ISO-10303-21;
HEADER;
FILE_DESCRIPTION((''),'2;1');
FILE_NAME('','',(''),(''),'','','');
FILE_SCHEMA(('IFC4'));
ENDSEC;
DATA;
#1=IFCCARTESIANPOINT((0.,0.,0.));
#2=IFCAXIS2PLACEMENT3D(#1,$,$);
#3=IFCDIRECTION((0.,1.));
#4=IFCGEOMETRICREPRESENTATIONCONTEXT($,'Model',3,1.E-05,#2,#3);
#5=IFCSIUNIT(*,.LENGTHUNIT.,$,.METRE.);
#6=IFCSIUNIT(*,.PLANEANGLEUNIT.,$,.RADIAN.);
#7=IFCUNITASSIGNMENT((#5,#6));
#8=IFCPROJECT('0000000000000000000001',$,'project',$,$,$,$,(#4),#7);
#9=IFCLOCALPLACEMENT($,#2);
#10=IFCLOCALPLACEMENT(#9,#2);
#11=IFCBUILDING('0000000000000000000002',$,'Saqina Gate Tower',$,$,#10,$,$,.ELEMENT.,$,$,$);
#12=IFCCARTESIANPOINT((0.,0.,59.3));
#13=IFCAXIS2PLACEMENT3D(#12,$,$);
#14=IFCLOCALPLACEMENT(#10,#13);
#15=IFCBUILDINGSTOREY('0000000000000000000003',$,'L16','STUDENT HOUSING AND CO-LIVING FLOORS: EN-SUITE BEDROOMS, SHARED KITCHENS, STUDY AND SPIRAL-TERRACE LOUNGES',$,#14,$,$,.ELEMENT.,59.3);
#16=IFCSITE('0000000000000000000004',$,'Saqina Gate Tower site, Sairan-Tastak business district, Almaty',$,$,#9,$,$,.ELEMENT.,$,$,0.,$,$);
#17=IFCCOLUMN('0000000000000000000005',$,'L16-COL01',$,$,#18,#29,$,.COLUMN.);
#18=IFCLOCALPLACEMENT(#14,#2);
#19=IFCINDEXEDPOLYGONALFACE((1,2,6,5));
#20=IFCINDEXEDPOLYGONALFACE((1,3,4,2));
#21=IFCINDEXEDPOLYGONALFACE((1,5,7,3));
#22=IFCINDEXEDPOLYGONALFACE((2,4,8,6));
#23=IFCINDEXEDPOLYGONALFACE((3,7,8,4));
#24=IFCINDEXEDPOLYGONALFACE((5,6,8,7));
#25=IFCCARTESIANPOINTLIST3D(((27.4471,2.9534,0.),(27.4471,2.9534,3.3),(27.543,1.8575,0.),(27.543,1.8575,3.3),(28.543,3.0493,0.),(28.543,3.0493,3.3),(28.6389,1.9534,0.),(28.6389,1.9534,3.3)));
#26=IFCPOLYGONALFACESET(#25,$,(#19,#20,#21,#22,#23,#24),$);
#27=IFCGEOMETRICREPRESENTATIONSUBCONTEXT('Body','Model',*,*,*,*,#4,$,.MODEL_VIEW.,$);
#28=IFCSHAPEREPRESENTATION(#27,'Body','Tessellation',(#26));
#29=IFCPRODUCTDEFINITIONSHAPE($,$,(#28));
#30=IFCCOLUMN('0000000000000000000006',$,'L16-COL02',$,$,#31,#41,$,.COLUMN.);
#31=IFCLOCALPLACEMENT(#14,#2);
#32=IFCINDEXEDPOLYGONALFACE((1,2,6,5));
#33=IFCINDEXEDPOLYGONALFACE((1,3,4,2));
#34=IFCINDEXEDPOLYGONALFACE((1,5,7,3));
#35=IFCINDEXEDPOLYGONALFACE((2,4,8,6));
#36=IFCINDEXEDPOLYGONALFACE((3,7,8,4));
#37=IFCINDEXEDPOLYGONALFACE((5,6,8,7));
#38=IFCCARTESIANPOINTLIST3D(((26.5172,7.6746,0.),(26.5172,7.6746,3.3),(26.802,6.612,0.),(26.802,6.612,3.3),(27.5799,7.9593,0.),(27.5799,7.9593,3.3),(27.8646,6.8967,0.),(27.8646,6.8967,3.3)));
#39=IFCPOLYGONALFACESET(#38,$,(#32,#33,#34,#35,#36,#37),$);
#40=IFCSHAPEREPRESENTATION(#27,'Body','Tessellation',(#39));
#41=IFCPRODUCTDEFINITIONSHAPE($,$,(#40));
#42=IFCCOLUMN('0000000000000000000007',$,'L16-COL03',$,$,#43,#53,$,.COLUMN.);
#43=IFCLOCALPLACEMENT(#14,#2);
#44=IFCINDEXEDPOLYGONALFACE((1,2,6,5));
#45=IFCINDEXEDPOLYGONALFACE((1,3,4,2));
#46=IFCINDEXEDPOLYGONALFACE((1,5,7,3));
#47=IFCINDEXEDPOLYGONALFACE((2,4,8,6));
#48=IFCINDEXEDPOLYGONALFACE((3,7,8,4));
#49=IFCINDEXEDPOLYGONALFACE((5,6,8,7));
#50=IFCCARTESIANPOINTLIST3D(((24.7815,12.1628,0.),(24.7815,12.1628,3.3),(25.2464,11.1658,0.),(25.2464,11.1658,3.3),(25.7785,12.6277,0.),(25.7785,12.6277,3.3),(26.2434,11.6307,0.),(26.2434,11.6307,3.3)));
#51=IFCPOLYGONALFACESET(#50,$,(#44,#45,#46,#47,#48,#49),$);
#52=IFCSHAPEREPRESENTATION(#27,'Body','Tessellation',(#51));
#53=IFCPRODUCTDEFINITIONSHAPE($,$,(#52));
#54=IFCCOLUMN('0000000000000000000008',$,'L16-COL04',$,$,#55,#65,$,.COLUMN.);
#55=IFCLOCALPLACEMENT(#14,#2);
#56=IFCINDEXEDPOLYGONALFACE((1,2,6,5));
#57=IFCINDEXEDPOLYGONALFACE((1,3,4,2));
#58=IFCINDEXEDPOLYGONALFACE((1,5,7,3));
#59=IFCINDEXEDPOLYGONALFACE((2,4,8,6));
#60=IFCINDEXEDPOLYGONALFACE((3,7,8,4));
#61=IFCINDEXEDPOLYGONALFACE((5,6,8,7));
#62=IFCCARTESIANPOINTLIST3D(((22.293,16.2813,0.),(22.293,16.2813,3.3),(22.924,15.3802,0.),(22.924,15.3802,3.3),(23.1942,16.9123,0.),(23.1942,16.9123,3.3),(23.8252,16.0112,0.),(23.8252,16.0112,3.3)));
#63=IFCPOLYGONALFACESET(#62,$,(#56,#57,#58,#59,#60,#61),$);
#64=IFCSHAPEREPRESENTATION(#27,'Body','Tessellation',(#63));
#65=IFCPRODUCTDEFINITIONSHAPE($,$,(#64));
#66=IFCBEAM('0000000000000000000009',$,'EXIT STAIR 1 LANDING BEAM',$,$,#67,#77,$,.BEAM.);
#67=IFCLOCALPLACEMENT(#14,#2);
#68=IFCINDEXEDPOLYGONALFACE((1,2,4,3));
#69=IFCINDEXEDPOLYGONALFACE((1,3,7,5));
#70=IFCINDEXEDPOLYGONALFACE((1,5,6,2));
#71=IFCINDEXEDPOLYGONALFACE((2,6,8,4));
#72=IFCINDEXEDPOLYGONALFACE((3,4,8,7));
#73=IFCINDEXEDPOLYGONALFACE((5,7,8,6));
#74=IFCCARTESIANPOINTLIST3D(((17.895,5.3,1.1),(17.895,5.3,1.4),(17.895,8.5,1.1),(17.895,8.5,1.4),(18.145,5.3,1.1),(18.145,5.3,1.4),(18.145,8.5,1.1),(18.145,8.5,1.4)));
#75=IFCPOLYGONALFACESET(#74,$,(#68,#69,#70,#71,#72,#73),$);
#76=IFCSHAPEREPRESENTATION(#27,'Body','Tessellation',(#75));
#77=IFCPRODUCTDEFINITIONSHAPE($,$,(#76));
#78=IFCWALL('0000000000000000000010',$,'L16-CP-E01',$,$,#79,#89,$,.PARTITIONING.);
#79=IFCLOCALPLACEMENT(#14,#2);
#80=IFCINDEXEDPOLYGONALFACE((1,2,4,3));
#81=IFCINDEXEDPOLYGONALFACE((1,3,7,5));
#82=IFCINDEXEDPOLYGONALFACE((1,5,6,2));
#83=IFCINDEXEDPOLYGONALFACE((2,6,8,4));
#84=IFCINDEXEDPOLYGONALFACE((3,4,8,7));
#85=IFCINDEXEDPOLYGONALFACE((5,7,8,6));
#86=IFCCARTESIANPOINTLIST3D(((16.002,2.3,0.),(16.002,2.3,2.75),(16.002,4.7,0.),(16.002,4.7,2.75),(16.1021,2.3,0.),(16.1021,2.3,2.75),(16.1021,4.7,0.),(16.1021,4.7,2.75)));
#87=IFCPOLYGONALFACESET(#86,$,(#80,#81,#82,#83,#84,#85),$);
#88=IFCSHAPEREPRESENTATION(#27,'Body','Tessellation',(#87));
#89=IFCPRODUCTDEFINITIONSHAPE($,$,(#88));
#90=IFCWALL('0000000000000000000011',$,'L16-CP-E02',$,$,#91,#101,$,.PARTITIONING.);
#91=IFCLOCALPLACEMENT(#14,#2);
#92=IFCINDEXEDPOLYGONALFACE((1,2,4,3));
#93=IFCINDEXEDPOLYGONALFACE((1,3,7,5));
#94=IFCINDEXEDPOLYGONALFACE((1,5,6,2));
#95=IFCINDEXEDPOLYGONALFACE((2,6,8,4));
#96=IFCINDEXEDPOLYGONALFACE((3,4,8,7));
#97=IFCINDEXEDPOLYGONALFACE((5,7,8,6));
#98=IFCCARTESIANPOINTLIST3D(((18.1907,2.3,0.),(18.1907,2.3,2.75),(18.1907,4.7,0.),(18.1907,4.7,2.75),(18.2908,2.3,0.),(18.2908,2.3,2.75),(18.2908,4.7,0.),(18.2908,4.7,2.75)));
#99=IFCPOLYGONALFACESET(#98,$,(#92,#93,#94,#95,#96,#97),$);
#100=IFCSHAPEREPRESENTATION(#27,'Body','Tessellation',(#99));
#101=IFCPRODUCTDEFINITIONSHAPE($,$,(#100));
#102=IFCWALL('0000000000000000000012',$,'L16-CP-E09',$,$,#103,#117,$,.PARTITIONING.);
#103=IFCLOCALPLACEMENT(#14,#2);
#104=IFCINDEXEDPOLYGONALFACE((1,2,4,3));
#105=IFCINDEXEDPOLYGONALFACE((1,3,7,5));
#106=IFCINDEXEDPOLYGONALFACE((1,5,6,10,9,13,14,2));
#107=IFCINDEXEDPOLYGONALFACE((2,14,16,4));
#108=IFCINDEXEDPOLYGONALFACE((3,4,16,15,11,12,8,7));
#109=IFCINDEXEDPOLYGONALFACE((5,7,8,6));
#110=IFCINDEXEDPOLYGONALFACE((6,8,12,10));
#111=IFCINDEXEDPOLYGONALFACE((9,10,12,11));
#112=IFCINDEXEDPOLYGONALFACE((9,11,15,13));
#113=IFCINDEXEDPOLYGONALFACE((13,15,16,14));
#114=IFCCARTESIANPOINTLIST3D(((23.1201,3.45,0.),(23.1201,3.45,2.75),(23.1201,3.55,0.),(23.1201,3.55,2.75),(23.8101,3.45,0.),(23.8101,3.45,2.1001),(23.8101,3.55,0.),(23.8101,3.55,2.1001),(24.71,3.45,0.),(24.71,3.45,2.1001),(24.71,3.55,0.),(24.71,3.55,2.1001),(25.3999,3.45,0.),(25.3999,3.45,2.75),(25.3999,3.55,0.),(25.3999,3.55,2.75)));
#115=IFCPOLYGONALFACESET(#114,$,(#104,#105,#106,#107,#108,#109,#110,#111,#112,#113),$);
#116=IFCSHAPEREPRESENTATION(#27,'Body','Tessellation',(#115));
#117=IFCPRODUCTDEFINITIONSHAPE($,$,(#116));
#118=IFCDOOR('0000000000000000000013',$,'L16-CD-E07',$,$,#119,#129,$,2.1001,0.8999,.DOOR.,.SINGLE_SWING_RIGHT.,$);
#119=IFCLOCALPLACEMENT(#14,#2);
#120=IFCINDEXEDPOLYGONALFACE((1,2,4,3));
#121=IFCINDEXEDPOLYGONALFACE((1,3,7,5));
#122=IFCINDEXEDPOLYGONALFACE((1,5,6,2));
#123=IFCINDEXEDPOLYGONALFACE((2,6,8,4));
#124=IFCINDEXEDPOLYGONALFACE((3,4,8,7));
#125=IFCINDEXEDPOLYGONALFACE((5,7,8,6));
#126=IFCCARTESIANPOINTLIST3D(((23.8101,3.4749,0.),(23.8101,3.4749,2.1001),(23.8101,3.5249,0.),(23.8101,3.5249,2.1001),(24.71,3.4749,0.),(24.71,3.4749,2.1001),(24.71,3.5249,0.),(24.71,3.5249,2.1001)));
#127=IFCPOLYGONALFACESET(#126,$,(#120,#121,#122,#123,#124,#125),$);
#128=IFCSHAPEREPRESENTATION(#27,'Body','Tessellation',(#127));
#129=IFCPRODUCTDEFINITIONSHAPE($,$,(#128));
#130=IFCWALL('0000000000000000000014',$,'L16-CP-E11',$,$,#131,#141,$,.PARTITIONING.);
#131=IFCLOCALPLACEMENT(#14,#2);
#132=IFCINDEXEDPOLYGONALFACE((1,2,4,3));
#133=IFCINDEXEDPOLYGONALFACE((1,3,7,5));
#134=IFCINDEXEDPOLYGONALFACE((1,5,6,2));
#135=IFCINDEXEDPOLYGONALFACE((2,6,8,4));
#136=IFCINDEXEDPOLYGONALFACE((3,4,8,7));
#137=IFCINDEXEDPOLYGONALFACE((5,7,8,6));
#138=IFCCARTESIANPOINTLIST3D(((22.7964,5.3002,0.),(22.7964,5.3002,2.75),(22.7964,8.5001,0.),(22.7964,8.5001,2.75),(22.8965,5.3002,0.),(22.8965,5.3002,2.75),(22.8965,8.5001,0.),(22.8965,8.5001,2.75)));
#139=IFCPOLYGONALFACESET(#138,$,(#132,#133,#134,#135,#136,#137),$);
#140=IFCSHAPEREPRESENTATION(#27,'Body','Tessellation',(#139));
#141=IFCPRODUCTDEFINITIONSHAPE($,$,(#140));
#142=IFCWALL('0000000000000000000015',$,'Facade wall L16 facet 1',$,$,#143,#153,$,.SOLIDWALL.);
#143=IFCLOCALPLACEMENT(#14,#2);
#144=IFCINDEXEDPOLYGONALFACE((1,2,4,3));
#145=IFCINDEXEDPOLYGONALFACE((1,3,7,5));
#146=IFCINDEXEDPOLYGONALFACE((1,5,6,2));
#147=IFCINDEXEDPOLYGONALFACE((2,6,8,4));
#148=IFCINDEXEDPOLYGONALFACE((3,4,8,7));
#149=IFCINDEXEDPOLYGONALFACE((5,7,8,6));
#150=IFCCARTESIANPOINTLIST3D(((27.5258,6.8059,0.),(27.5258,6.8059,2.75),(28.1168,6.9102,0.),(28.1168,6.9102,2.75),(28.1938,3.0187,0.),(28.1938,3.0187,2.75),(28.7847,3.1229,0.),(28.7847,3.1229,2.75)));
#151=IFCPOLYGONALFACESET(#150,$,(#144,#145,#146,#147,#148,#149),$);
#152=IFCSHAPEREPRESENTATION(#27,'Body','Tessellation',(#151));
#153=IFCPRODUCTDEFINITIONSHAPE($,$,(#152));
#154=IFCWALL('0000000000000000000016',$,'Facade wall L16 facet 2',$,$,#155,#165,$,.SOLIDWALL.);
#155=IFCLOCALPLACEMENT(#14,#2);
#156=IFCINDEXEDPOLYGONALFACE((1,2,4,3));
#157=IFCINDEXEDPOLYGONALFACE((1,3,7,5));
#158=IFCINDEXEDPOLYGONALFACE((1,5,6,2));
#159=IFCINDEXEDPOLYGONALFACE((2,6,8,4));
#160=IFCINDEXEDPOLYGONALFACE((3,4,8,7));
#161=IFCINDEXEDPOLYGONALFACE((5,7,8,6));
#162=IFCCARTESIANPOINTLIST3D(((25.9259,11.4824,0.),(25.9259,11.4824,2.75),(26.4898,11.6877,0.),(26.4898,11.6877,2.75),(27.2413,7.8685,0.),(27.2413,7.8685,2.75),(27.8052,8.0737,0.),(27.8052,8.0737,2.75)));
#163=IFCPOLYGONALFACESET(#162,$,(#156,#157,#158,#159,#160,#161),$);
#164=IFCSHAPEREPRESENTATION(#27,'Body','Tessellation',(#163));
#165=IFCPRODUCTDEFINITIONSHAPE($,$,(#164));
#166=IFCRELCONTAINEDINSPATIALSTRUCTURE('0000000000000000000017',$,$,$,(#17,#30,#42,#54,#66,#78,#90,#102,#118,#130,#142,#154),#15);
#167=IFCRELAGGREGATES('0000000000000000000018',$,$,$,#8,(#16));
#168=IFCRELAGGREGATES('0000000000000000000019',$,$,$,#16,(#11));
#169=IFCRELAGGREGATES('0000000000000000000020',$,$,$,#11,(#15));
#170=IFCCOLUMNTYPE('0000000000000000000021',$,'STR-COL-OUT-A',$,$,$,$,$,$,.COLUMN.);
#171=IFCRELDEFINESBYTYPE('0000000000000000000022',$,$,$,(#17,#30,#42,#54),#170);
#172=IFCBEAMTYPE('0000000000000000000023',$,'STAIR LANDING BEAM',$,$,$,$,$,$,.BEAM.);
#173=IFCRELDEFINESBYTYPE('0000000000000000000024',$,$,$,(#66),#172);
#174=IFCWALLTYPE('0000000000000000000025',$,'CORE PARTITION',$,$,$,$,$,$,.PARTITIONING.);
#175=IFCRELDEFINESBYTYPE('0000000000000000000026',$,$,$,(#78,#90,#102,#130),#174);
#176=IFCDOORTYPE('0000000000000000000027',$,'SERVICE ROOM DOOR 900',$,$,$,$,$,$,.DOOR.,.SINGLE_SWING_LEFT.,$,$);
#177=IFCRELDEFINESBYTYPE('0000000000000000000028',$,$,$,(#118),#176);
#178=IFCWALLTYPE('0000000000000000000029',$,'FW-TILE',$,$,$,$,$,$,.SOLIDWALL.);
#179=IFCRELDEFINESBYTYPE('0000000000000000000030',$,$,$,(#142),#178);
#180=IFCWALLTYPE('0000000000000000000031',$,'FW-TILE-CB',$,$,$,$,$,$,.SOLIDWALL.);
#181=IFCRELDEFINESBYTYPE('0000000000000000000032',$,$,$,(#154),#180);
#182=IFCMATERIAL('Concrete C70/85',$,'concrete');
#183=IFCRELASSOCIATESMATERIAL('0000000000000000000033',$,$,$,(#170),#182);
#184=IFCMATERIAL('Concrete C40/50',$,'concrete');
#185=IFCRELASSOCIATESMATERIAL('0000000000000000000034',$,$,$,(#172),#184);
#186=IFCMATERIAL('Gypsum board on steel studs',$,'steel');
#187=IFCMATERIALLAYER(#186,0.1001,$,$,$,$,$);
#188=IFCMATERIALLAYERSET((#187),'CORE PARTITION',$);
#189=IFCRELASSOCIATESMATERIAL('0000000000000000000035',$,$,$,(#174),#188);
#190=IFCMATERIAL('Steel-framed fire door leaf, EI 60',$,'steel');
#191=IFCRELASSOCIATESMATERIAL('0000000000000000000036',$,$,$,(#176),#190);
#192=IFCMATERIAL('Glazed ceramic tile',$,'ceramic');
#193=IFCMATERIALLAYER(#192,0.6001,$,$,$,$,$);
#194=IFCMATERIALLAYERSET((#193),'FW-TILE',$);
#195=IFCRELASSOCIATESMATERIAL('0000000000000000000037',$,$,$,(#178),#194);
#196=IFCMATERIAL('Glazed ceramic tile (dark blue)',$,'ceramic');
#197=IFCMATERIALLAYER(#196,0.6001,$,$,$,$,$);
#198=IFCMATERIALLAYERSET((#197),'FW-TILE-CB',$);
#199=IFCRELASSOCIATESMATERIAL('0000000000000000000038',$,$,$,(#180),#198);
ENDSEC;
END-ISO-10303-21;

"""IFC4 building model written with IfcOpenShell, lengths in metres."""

from ifc_helpers import new_model, si_unit, direction, frame, frame_2d, origin, origin_2d, place, context, subcontext, project, spatial, rectangle, extrude, material, layer, layer_set, material_profile, profile_set, type_object, element, fill, save


model = new_model("IFC4")

# Units and contexts
model_context = context("Model", 3, precision=1e-05, world=origin(), true_north=direction((0.0, 1.0)))
body_context = subcontext(model_context, "Body", "Model", "MODEL_VIEW")
ifc_project = project(units=[si_unit("LENGTHUNIT", "METRE"), si_unit("PLANEANGLEUNIT", "RADIAN")], contexts=[model_context])

# Site, building, storey
site_placement = place(None, origin())
site = spatial("IfcSite", under=ifc_project, at=site_placement, Name="Saqina Gate Tower site, Sairan-Tastak business district, Almaty", CompositionType="ELEMENT", RefElevation=0.0)
building_placement = place(site_placement, origin())
building = spatial("IfcBuilding", under=site, at=building_placement, Name="Saqina Gate Tower", CompositionType="ELEMENT")
storey_placement = place(building_placement, frame((0.0, 0.0, 59.3)))
storey = spatial("IfcBuildingStorey", under=building, at=storey_placement, Name="L16", Description="STUDENT HOUSING AND CO-LIVING FLOORS: EN-SUITE BEDROOMS, SHARED KITCHENS, STUDY AND SPIRAL-TERRACE LOUNGES", CompositionType="ELEMENT", Elevation=59.3)

# Columns
ifc_material_1 = material(Name="Concrete C70/85", Category="concrete")
ifc_material_profile_1 = material_profile(ifc_material_1, rectangle(XDim=1.1001, YDim=1.1001, at=origin_2d()), Name="RC 1100x1100")
ifc_profile_set_1 = profile_set([ifc_material_profile_1], Name="Concrete C70/85")
column_type = type_object("IfcColumnType", Name="STR-COL-OUT-A", PredefinedType="COLUMN", material=ifc_profile_set_1)
for number, where, z_axis, x_axis, name in (
    (1, (28.043, 2.4534, 0.0), (0.0, 0.0, 1.0), (0.996195, 0.087156, 0.0), "L16-COL01"),
    (2, (27.1909, 7.2856, 0.0), (0.0, 0.0, 1.0), (0.965926, 0.258819, 0.0), "L16-COL02"),
    (3, (25.5125, 11.8967, 0.0), (0.0, 0.0, 1.0), (0.906308, 0.422618, 0.0), "L16-COL03"),
    (4, (23.0591, 16.1462, 0.0), (0.0, 0.0, 1.0), (0.819152, 0.573576, 0.0), "L16-COL04"),
):
    element("IfcColumn", number, at=place(storey_placement, frame(where, z_axis=z_axis, x_axis=x_axis)), inside=storey, type_object=column_type, Name=name, PredefinedType="COLUMN", context=body_context, shape_type="SweptSolid", body=[
        extrude(rectangle(XDim=1.1001, YDim=1.1001, at=origin_2d()), origin(), (0.0, 0.0, 1.0), 3.3),
    ])

# Beam
ifc_material_2 = material(Name="Concrete C40/50", Category="concrete")
ifc_material_profile_2 = material_profile(ifc_material_2, rectangle(XDim=0.25, YDim=0.3, at=origin_2d()), Name="STAIR LANDING BEAM")
ifc_profile_set_2 = profile_set([ifc_material_profile_2], Name="Concrete C40/50")
beam_type = type_object("IfcBeamType", Name="STAIR LANDING BEAM", PredefinedType="BEAM", material=ifc_profile_set_2)
beam_placement = place(storey_placement, frame((18.02, 5.3, 1.25), z_axis=(0.0, 1.0, 0.0), x_axis=(-1.0, 0.0, 0.0)))
element("IfcBeam", 5, at=beam_placement, inside=storey, type_object=beam_type, Name="EXIT STAIR 1 LANDING BEAM", PredefinedType="BEAM", context=body_context, shape_type="SweptSolid", body=[
    extrude(rectangle(XDim=0.25, YDim=0.3, at=origin_2d()), origin(), (0.0, 0.0, 1.0), 3.2),
])

# Walls
ifc_material_3 = material(Name="Gypsum board on steel studs", Category="steel")
ifc_layer_1 = layer(ifc_material_3, 0.1001)
ifc_layer_set_1 = layer_set([ifc_layer_1], Name="CORE PARTITION")
wall_type_1 = type_object("IfcWallType", Name="CORE PARTITION", PredefinedType="PARTITIONING", material=ifc_layer_set_1)
for number, where, z_axis, x_axis, name in (
    (6, (16.052, 2.3, 0.0), (0.0, 0.0, 1.0), (0.0, 1.0, 0.0), "L16-CP-E01"),
    (7, (18.2407, 2.3, 0.0), (0.0, 0.0, 1.0), (0.0, 1.0, 0.0), "L16-CP-E02"),
):
    element("IfcWall", number, at=place(storey_placement, frame(where, z_axis=z_axis, x_axis=x_axis)), inside=storey, type_object=wall_type_1, Name=name, PredefinedType="PARTITIONING", context=body_context, shape_type="SweptSolid", body=[
        extrude(rectangle(XDim=2.3999, YDim=0.1001, at=frame_2d((1.2, 0.0))), origin(), (0.0, 0.0, 1.0), 2.75),
    ])

# Wall, opening, door
wall_1_placement = place(storey_placement, frame((23.1201, 3.5, 0.0), z_axis=(0.0, 0.0, 1.0), x_axis=(1.0, 0.0, 0.0)))
wall_1 = element("IfcWall", 8, at=wall_1_placement, inside=storey, type_object=wall_type_1, Name="L16-CP-E09", PredefinedType="PARTITIONING", context=body_context, shape_type="SweptSolid", body=[
    extrude(rectangle(XDim=2.2798, YDim=0.1001, at=frame_2d((1.1399, 0.0))), origin(), (0.0, 0.0, 1.0), 2.75),
])
opening_1_placement = place(wall_1_placement, frame((0.6899, 0.0, 0.0)))
opening_1 = element("IfcOpeningElement", 9, at=opening_1_placement, cuts=wall_1, PredefinedType="OPENING", context=body_context, shape_type="SweptSolid", body=[
    extrude(rectangle(XDim=0.8999, YDim=2.1001, at=frame_2d((0.45, 1.05))), frame((0.0, 0.062, 0.0), z_axis=(0.0, -1.0, 0.0), x_axis=(1.0, 0.0, 0.0)), (0.0, 0.0, 1.0), 0.124),
])
ifc_material_4 = material(Name="Steel-framed fire door leaf, EI 60", Category="steel")
door_type_1 = type_object("IfcDoorType", Name="SERVICE ROOM DOOR 900", OperationType="SINGLE_SWING_LEFT", PredefinedType="DOOR", material=ifc_material_4)
door_1_placement = place(opening_1_placement, origin())
door_1 = element("IfcDoor", 10, at=door_1_placement, inside=storey, type_object=door_type_1, Name="L16-CD-E07", OperationType="SINGLE_SWING_RIGHT", OverallHeight=2.1001, OverallWidth=0.8999, PredefinedType="DOOR", context=body_context, shape_type="SweptSolid", body=[
    extrude(rectangle(XDim=0.8999, YDim=2.1001, at=frame_2d((0.45, 1.05))), frame((0.0, 0.0249, 0.0), z_axis=(0.0, -1.0, 0.0), x_axis=(1.0, 0.0, 0.0)), (0.0, 0.0, 1.0), 0.05),
])
fill(opening_1, door_1)

# Wall
wall_2_placement = place(storey_placement, frame((22.8464, 5.3, 0.0), z_axis=(0.0, 0.0, 1.0), x_axis=(0.0, 1.0, 0.0)))
element("IfcWall", 11, at=wall_2_placement, inside=storey, type_object=wall_type_1, Name="L16-CP-E11", PredefinedType="PARTITIONING", context=body_context, shape_type="SweptSolid", body=[
    extrude(rectangle(XDim=3.2, YDim=0.1001, at=frame_2d((1.6001, 0.0))), origin(), (0.0, 0.0, 1.0), 2.75),
])

# Walls
ifc_material_5 = material(Name="Glazed ceramic tile", Category="ceramic")
ifc_layer_2 = layer(ifc_material_5, 0.6001)
ifc_layer_set_2 = layer_set([ifc_layer_2], Name="FW-TILE")
wall_type_2 = type_object("IfcWallType", Name="FW-TILE", PredefinedType="SOLIDWALL", material=ifc_layer_set_2)
wall_3_placement = place(storey_placement, frame((28.4893, 3.0708, 0.0), z_axis=(0.0, 0.0, 1.0), x_axis=(-0.173688, 0.984801, 0.0)))
element("IfcWall", 12, at=wall_3_placement, inside=storey, type_object=wall_type_2, Name="Facade wall L16 facet 1", PredefinedType="SOLIDWALL", context=body_context, shape_type="SweptSolid", body=[
    extrude(rectangle(XDim=3.8457, YDim=0.6001, at=frame_2d((1.9229, 0.0))), origin(), (0.0, 0.0, 1.0), 2.75),
])
ifc_material_6 = material(Name="Glazed ceramic tile (dark blue)", Category="ceramic")
ifc_layer_3 = layer(ifc_material_6, 0.6001)
ifc_layer_set_3 = layer_set([ifc_layer_3], Name="FW-TILE-CB")
wall_type_3 = type_object("IfcWallType", Name="FW-TILE-CB", PredefinedType="SOLIDWALL", material=ifc_layer_set_3)
wall_4_placement = place(storey_placement, frame((27.5232, 7.9712, 0.0), z_axis=(0.0, 0.0, 1.0), x_axis=(-0.342028, 0.93969, 0.0)))
element("IfcWall", 13, at=wall_4_placement, inside=storey, type_object=wall_type_3, Name="Facade wall L16 facet 2", PredefinedType="SOLIDWALL", context=body_context, shape_type="SweptSolid", body=[
    extrude(rectangle(XDim=3.8459, YDim=0.6001, at=frame_2d((1.9229, 0.0))), origin(), (0.0, 0.0, 1.0), 2.75),
])

save(model, "model.ifc")
